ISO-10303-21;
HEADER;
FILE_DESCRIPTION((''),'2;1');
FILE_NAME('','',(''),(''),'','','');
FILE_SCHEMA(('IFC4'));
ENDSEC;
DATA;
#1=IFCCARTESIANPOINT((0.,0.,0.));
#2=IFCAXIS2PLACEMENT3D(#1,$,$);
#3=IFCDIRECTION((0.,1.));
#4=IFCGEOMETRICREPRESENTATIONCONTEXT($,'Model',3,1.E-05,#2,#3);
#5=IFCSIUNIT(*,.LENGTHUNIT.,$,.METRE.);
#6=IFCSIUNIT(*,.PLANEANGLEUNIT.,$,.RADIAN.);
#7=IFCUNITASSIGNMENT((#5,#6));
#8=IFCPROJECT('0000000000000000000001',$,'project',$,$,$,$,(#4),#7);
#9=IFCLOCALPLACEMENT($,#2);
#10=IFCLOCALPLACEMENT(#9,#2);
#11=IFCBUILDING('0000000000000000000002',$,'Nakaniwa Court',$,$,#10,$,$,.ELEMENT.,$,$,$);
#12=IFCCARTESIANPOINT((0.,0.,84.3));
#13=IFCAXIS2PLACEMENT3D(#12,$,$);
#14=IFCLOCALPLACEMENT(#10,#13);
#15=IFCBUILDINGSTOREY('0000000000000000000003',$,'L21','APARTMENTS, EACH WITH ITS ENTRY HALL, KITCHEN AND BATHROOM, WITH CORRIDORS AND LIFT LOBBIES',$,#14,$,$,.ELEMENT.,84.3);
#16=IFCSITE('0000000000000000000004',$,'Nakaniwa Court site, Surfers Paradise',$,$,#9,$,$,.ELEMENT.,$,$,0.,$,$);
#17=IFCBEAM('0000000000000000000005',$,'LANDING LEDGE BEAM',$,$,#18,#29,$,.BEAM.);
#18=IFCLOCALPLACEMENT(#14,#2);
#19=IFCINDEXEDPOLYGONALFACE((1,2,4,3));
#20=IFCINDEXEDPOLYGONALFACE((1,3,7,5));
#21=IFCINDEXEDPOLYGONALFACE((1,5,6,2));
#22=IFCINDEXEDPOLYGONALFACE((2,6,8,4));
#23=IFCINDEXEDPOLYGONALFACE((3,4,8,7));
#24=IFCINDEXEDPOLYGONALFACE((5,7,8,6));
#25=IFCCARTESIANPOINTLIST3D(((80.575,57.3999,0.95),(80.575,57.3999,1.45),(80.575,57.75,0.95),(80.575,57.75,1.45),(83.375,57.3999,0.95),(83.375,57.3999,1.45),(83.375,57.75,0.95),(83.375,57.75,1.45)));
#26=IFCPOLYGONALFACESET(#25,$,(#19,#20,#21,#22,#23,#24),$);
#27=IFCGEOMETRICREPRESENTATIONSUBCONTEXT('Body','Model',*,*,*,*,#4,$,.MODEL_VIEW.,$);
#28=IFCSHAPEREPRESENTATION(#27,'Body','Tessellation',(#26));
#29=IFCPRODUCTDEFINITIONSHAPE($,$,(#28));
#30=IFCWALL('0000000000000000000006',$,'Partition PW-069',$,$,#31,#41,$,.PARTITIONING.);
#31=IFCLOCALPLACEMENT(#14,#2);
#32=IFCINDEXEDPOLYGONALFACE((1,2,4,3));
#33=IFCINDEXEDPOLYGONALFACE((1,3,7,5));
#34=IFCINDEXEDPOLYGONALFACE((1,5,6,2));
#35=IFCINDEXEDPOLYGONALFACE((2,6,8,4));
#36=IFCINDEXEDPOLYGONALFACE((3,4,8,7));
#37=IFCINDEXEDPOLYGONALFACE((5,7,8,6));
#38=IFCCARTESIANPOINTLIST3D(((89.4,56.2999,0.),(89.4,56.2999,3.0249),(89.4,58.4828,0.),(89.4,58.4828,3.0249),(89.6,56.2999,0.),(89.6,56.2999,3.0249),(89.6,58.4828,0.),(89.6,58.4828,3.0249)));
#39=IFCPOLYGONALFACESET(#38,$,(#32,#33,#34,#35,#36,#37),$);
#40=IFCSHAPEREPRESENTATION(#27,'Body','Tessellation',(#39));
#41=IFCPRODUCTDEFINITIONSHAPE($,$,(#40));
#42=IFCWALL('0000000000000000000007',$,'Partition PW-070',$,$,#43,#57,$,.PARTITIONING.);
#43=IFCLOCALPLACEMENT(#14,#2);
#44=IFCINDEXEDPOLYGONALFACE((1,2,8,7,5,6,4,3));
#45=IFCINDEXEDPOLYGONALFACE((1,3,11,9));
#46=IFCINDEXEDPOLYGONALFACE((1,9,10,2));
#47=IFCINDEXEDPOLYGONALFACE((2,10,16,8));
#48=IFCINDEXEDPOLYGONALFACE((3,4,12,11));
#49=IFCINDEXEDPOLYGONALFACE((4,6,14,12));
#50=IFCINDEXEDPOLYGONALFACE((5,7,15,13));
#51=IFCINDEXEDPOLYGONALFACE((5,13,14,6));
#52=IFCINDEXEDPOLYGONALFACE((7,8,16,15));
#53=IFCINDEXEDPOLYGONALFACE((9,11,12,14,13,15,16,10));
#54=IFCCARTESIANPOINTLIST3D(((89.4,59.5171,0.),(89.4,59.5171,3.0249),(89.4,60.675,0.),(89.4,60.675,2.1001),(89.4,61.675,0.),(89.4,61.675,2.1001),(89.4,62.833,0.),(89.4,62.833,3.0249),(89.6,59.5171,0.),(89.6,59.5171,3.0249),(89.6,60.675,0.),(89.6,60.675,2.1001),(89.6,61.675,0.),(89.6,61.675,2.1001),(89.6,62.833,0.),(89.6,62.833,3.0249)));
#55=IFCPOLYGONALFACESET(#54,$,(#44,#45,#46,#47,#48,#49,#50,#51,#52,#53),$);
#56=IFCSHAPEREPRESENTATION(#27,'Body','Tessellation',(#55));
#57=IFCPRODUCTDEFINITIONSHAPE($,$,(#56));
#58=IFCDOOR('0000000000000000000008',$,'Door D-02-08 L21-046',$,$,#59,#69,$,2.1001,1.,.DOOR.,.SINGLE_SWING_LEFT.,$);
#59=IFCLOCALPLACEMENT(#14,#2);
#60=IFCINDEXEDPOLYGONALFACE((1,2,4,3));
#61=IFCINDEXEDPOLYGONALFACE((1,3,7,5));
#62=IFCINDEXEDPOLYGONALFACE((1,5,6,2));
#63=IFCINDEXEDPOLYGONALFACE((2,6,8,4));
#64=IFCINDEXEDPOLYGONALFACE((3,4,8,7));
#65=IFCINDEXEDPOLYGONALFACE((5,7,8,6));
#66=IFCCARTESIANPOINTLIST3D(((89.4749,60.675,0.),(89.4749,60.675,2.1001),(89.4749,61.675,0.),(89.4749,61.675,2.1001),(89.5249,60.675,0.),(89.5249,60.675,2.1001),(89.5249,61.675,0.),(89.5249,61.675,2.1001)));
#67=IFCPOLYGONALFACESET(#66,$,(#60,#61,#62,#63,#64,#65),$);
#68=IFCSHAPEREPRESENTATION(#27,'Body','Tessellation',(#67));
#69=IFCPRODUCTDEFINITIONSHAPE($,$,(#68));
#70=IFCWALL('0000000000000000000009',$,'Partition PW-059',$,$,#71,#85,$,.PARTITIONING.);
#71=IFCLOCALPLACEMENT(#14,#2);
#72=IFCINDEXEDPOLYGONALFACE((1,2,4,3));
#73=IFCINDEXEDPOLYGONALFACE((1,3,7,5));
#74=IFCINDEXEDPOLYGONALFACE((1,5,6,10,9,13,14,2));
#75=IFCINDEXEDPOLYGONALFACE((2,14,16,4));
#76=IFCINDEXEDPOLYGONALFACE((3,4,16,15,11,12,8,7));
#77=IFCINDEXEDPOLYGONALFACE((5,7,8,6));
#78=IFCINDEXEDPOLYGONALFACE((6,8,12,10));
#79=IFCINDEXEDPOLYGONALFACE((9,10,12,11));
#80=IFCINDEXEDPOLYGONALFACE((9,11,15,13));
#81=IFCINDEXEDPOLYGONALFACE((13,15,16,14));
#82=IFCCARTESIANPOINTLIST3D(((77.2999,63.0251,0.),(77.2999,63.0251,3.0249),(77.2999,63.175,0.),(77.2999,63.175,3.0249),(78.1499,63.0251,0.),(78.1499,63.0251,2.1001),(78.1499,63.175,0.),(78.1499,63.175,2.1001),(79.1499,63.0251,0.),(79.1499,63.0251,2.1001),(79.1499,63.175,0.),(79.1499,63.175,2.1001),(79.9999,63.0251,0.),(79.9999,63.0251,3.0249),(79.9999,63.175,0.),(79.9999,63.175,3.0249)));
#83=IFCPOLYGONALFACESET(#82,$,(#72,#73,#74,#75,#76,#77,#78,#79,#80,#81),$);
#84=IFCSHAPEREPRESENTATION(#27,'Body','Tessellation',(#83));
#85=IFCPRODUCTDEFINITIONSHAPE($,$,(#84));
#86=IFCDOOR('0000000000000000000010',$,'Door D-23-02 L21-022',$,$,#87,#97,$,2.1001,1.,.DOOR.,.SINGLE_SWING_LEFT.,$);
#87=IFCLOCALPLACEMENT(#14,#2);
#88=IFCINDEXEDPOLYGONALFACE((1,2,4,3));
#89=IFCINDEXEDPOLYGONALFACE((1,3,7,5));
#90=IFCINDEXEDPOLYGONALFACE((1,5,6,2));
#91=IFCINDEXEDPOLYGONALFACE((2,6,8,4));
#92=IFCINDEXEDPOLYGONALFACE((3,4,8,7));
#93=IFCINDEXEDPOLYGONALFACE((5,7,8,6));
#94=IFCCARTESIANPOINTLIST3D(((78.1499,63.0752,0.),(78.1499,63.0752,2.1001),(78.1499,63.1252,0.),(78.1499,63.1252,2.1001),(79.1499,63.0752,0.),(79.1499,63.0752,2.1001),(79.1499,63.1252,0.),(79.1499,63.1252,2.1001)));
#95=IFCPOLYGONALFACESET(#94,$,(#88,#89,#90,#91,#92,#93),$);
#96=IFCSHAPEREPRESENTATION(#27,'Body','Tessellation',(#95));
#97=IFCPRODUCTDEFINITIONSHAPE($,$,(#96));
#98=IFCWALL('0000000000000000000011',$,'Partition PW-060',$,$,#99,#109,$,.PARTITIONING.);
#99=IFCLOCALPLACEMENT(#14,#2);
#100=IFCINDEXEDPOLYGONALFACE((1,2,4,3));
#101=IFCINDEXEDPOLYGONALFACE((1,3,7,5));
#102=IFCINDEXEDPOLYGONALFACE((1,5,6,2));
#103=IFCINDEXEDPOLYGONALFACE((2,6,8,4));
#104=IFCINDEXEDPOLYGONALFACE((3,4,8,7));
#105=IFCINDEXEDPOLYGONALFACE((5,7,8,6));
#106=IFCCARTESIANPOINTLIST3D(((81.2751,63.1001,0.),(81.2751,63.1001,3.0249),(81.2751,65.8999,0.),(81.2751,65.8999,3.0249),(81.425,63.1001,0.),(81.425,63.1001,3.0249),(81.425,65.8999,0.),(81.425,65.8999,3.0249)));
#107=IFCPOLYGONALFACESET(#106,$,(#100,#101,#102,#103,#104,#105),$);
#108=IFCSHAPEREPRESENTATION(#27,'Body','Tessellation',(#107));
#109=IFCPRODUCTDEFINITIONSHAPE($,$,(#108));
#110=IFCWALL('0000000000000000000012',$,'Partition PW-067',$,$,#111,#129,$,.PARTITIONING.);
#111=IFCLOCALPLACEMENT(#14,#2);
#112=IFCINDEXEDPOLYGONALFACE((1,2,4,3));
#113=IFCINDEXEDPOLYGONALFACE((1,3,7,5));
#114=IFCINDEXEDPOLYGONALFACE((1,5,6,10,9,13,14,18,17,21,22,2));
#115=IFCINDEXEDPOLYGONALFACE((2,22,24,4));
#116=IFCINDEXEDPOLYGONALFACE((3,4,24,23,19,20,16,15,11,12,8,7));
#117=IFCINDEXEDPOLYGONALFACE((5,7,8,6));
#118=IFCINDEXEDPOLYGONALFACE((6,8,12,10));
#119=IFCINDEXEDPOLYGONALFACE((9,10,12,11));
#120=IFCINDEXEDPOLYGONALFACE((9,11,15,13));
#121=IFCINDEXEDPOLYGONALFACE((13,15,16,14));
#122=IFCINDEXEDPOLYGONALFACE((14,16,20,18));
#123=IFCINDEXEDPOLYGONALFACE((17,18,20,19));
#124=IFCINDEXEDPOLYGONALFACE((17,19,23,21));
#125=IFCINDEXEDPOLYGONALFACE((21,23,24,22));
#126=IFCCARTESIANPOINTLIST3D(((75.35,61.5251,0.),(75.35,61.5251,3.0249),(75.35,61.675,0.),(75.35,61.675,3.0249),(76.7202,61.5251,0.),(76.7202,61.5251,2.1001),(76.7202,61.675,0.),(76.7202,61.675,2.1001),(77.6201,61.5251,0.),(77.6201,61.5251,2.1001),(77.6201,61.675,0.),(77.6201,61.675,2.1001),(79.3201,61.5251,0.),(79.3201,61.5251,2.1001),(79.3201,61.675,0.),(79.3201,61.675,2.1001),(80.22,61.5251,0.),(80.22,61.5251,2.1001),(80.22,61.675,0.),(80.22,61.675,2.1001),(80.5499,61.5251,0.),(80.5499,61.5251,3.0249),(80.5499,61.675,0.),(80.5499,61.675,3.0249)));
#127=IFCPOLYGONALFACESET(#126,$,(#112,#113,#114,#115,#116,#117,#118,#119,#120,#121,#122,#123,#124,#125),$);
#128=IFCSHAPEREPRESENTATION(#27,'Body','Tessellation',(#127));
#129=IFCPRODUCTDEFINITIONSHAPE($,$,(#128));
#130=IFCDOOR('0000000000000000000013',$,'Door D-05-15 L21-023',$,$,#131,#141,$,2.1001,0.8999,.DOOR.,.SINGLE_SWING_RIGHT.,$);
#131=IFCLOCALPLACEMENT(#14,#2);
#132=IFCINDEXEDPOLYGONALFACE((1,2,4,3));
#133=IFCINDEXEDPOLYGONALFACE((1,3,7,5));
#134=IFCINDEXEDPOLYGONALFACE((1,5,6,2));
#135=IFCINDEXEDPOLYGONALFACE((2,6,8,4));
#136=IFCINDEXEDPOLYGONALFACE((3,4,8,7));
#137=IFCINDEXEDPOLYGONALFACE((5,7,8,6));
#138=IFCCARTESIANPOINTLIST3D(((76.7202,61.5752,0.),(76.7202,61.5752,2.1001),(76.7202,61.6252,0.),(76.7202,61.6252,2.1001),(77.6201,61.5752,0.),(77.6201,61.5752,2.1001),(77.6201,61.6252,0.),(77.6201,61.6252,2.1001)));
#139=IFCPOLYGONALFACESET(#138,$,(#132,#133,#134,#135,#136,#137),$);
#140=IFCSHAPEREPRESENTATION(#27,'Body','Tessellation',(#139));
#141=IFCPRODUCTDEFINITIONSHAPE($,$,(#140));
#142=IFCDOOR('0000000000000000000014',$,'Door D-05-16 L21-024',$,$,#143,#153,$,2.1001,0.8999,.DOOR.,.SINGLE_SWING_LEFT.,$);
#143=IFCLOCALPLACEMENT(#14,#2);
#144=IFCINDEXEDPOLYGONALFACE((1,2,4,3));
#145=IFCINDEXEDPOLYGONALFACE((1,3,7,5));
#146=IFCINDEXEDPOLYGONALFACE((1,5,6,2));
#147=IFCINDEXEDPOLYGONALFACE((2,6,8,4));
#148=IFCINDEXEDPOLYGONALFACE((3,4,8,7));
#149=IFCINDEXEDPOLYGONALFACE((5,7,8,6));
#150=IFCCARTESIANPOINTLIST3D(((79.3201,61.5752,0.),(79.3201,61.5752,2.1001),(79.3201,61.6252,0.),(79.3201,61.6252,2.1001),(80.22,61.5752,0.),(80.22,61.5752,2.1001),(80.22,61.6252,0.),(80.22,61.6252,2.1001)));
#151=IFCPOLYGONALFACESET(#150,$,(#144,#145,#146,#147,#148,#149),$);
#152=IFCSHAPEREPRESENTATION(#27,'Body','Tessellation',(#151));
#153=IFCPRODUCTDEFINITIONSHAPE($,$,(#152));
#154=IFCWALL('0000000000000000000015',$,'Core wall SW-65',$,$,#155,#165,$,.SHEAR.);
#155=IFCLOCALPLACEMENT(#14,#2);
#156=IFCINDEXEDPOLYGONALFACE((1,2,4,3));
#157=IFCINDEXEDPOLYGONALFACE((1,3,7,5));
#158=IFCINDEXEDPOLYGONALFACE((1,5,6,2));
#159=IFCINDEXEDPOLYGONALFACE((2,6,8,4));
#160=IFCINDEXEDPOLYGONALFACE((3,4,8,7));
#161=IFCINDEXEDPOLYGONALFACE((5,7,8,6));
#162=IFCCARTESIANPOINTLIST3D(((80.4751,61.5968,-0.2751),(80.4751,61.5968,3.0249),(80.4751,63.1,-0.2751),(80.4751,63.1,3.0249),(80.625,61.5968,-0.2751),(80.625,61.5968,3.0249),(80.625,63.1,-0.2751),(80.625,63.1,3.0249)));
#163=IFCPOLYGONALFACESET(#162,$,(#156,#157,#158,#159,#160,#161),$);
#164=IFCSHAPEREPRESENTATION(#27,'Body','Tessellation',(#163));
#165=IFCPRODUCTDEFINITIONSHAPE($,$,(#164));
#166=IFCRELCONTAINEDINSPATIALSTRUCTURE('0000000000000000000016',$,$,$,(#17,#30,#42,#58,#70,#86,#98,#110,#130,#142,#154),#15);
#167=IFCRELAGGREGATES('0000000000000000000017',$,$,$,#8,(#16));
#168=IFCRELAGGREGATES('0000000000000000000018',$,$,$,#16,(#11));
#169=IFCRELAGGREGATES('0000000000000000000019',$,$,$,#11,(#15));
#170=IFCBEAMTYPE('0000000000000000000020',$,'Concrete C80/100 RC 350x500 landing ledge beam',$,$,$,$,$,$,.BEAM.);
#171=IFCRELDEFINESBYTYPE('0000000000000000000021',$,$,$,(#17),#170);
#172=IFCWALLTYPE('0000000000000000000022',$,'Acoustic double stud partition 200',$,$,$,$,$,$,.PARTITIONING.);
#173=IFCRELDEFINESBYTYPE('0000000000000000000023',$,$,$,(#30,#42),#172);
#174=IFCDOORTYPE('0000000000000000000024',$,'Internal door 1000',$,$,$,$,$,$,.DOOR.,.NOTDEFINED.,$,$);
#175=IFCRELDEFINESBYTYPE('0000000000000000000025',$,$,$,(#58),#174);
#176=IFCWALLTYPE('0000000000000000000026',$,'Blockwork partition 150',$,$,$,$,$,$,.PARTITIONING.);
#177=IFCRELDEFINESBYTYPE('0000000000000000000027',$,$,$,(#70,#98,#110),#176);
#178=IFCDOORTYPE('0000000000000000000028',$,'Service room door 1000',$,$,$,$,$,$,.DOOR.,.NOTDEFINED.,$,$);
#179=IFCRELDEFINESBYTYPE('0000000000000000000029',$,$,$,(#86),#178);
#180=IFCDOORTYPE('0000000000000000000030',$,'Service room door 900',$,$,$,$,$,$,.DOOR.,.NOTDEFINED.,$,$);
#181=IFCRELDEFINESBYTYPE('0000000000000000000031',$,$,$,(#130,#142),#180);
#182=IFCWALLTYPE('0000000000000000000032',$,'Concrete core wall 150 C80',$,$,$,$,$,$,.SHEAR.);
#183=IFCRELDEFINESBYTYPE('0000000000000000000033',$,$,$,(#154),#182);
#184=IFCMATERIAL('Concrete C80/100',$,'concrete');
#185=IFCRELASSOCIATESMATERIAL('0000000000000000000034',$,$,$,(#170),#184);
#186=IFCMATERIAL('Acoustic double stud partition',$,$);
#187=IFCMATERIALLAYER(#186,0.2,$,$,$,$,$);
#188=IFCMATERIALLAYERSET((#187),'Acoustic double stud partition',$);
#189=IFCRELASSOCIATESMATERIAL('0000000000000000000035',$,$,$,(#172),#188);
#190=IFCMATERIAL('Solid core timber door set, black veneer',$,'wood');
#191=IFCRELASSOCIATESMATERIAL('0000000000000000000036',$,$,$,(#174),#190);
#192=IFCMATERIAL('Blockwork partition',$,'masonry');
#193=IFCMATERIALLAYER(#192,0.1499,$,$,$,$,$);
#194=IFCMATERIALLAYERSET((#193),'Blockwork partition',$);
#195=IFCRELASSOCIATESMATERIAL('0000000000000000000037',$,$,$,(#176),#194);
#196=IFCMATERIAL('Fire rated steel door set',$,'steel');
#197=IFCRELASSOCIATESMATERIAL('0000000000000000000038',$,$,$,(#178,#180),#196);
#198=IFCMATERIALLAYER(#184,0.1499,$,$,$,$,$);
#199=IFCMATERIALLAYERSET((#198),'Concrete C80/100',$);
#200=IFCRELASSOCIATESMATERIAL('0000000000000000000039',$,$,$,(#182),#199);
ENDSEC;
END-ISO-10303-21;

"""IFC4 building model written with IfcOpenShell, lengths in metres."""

from ifc_helpers import new_model, si_unit, direction, frame, frame_2d, origin, origin_2d, place, context, subcontext, project, spatial, rectangle, extrude, material, layer, layer_set, material_profile, profile_set, type_object, element, fill, save


model = new_model("IFC4")

# Units and contexts
model_context = context("Model", 3, precision=1e-05, world=origin(), true_north=direction((0.0, 1.0)))
body_context = subcontext(model_context, "Body", "Model", "MODEL_VIEW")
ifc_project = project(units=[si_unit("LENGTHUNIT", "METRE"), si_unit("PLANEANGLEUNIT", "RADIAN")], contexts=[model_context])

# Site, building, storey
site_placement = place(None, origin())
site = spatial("IfcSite", under=ifc_project, at=site_placement, Name="Nakaniwa Court site, Surfers Paradise", CompositionType="ELEMENT", RefElevation=0.0)
building_placement = place(site_placement, origin())
building = spatial("IfcBuilding", under=site, at=building_placement, Name="Nakaniwa Court", CompositionType="ELEMENT")
storey_placement = place(building_placement, frame((0.0, 0.0, 84.3)))
storey = spatial("IfcBuildingStorey", under=building, at=storey_placement, Name="L21", Description="APARTMENTS, EACH WITH ITS ENTRY HALL, KITCHEN AND BATHROOM, WITH CORRIDORS AND LIFT LOBBIES", CompositionType="ELEMENT", Elevation=84.3)

# Beam
ifc_material_1 = material(Name="Concrete C80/100", Category="concrete")
ifc_material_profile = material_profile(ifc_material_1, rectangle(XDim=0.3501, YDim=0.5, at=origin_2d()), Name="Concrete C80/100 RC 350x500 landing ledge beam")
ifc_profile_set = profile_set([ifc_material_profile], Name="Concrete C80/100")
beam_type = type_object("IfcBeamType", Name="Concrete C80/100 RC 350x500 landing ledge beam", PredefinedType="BEAM", material=ifc_profile_set)
beam_placement = place(storey_placement, frame((80.575, 57.575, 1.2), z_axis=(1.0, 0.0, 0.0), x_axis=(0.0, 1.0, 0.0)))
element("IfcBeam", 1, at=beam_placement, inside=storey, type_object=beam_type, Name="LANDING LEDGE BEAM", PredefinedType="BEAM", context=body_context, shape_type="SweptSolid", body=[
    extrude(rectangle(XDim=0.3501, YDim=0.5, at=origin_2d()), origin(), (0.0, 0.0, 1.0), 2.8),
])

# Wall
ifc_material_2 = material(Name="Acoustic double stud partition")
ifc_layer_1 = layer(ifc_material_2, 0.2)
ifc_layer_set_1 = layer_set([ifc_layer_1], Name="Acoustic double stud partition")
wall_type_1 = type_object("IfcWallType", Name="Acoustic double stud partition 200", PredefinedType="PARTITIONING", material=ifc_layer_set_1)
wall_1_placement = place(storey_placement, frame((89.5, 56.3, 0.0), z_axis=(0.0, 0.0, 1.0), x_axis=(0.0, 1.0, 0.0)))
element("IfcWall", 2, at=wall_1_placement, inside=storey, type_object=wall_type_1, Name="Partition PW-069", PredefinedType="PARTITIONING", context=body_context, shape_type="SweptSolid", body=[
    extrude(rectangle(XDim=2.1829, YDim=0.2, at=frame_2d((1.0913, 0.0))), origin(), (0.0, 0.0, 1.0), 3.0249),
])

# Walls, openings, doors
wall_2_placement = place(storey_placement, frame((89.5, 62.833, 0.0), z_axis=(0.0, 0.0, 1.0), x_axis=(0.0, -1.0, 0.0)))
wall_2 = element("IfcWall", 3, at=wall_2_placement, inside=storey, type_object=wall_type_1, Name="Partition PW-070", PredefinedType="PARTITIONING", context=body_context, shape_type="SweptSolid", body=[
    extrude(rectangle(XDim=3.3159, YDim=0.2, at=frame_2d((1.658, 0.0))), origin(), (0.0, 0.0, 1.0), 3.0249),
])
opening_1_placement = place(wall_2_placement, frame((1.158, 0.0, 0.0)))
opening_1 = element("IfcOpeningElement", 4, at=opening_1_placement, cuts=wall_2, PredefinedType="OPENING", context=body_context, shape_type="SweptSolid", body=[
    extrude(rectangle(XDim=1.0, YDim=2.1001, at=frame_2d((0.5, 1.05))), frame((0.0, 0.1099, 0.0), z_axis=(0.0, -1.0, 0.0), x_axis=(1.0, 0.0, 0.0)), (0.0, 0.0, 1.0), 0.22),
])
ifc_material_3 = material(Name="Solid core timber door set, black veneer", Category="wood")
door_type_1 = type_object("IfcDoorType", Name="Internal door 1000", OperationType="NOTDEFINED", PredefinedType="DOOR", material=ifc_material_3)
door_1_placement = place(opening_1_placement, origin())
door_1 = element("IfcDoor", 5, at=door_1_placement, inside=storey, type_object=door_type_1, Name="Door D-02-08 L21-046", OperationType="SINGLE_SWING_LEFT", OverallHeight=2.1001, OverallWidth=1.0, PredefinedType="DOOR", context=body_context, shape_type="SweptSolid", body=[
    extrude(rectangle(XDim=1.0, YDim=2.1001, at=frame_2d((0.5, 1.05))), frame((0.0, 0.0249, 0.0), z_axis=(0.0, -1.0, 0.0), x_axis=(1.0, 0.0, 0.0)), (0.0, 0.0, 1.0), 0.05),
])
fill(opening_1, door_1)
ifc_material_4 = material(Name="Blockwork partition", Category="masonry")
ifc_layer_2 = layer(ifc_material_4, 0.1499)
ifc_layer_set_2 = layer_set([ifc_layer_2], Name="Blockwork partition")
wall_type_2 = type_object("IfcWallType", Name="Blockwork partition 150", PredefinedType="PARTITIONING", material=ifc_layer_set_2)
wall_3_placement = place(storey_placement, frame((80.0, 63.1001, 0.0), z_axis=(0.0, 0.0, 1.0), x_axis=(-1.0, 0.0, 0.0)))
wall_3 = element("IfcWall", 6, at=wall_3_placement, inside=storey, type_object=wall_type_2, Name="Partition PW-059", PredefinedType="PARTITIONING", context=body_context, shape_type="SweptSolid", body=[
    extrude(rectangle(XDim=2.7, YDim=0.1499, at=frame_2d((1.3501, 0.0))), origin(), (0.0, 0.0, 1.0), 3.0249),
])
opening_2_placement = place(wall_3_placement, frame((0.8501, 0.0, 0.0)))
opening_2 = element("IfcOpeningElement", 7, at=opening_2_placement, cuts=wall_3, PredefinedType="OPENING", context=body_context, shape_type="SweptSolid", body=[
    extrude(rectangle(XDim=1.0, YDim=2.1001, at=frame_2d((0.5, 1.05))), frame((0.0, 0.085, 0.0), z_axis=(0.0, -1.0, 0.0), x_axis=(1.0, 0.0, 0.0)), (0.0, 0.0, 1.0), 0.1699),
])
ifc_material_5 = material(Name="Fire rated steel door set", Category="steel")
door_type_2 = type_object("IfcDoorType", Name="Service room door 1000", OperationType="NOTDEFINED", PredefinedType="DOOR", material=ifc_material_5)
door_2_placement = place(opening_2_placement, origin())
door_2 = element("IfcDoor", 8, at=door_2_placement, inside=storey, type_object=door_type_2, Name="Door D-23-02 L21-022", OperationType="SINGLE_SWING_LEFT", OverallHeight=2.1001, OverallWidth=1.0, PredefinedType="DOOR", context=body_context, shape_type="SweptSolid", body=[
    extrude(rectangle(XDim=1.0, YDim=2.1001, at=frame_2d((0.5, 1.05))), frame((0.0, 0.0249, 0.0), z_axis=(0.0, -1.0, 0.0), x_axis=(1.0, 0.0, 0.0)), (0.0, 0.0, 1.0), 0.05),
])
fill(opening_2, door_2)

# Wall
wall_4_placement = place(storey_placement, frame((81.3501, 63.1001, 0.0), z_axis=(0.0, 0.0, 1.0), x_axis=(0.0, 1.0, 0.0)))
element("IfcWall", 9, at=wall_4_placement, inside=storey, type_object=wall_type_2, Name="Partition PW-060", PredefinedType="PARTITIONING", context=body_context, shape_type="SweptSolid", body=[
    extrude(rectangle(XDim=2.7998, YDim=0.1499, at=frame_2d((1.3999, 0.0))), origin(), (0.0, 0.0, 1.0), 3.0249),
])

# Wall, openings, doors
wall_5_placement = place(storey_placement, frame((80.55, 61.6001, 0.0), z_axis=(0.0, 0.0, 1.0), x_axis=(-1.0, 0.0, 0.0)))
wall_5 = element("IfcWall", 10, at=wall_5_placement, inside=storey, type_object=wall_type_2, Name="Partition PW-067", PredefinedType="PARTITIONING", context=body_context, shape_type="SweptSolid", body=[
    extrude(rectangle(XDim=5.2, YDim=0.1499, at=frame_2d((2.6001, 0.0))), origin(), (0.0, 0.0, 1.0), 3.0249),
])
opening_3_placement = place(wall_5_placement, frame((2.9299, 0.0, 0.0)))
opening_3 = element("IfcOpeningElement", 11, at=opening_3_placement, cuts=wall_5, PredefinedType="OPENING", context=body_context, shape_type="SweptSolid", body=[
    extrude(rectangle(XDim=0.8999, YDim=2.1001, at=frame_2d((0.45, 1.05))), frame((0.0, 0.085, 0.0), z_axis=(0.0, -1.0, 0.0), x_axis=(1.0, 0.0, 0.0)), (0.0, 0.0, 1.0), 0.1699),
])
opening_4_placement = place(wall_5_placement, frame((0.3301, 0.0, 0.0)))
opening_4 = element("IfcOpeningElement", 12, at=opening_4_placement, cuts=wall_5, PredefinedType="OPENING", context=body_context, shape_type="SweptSolid", body=[
    extrude(rectangle(XDim=0.8999, YDim=2.1001, at=frame_2d((0.45, 1.05))), frame((0.0, 0.085, 0.0), z_axis=(0.0, -1.0, 0.0), x_axis=(1.0, 0.0, 0.0)), (0.0, 0.0, 1.0), 0.1699),
])
door_type_3 = type_object("IfcDoorType", Name="Service room door 900", OperationType="NOTDEFINED", PredefinedType="DOOR", material=ifc_material_5)
door_3_placement = place(opening_3_placement, origin())
door_3 = element("IfcDoor", 13, at=door_3_placement, inside=storey, type_object=door_type_3, Name="Door D-05-15 L21-023", OperationType="SINGLE_SWING_RIGHT", OverallHeight=2.1001, OverallWidth=0.8999, PredefinedType="DOOR", context=body_context, shape_type="SweptSolid", body=[
    extrude(rectangle(XDim=0.8999, YDim=2.1001, at=frame_2d((0.45, 1.05))), frame((0.0, 0.0249, 0.0), z_axis=(0.0, -1.0, 0.0), x_axis=(1.0, 0.0, 0.0)), (0.0, 0.0, 1.0), 0.05),
])
fill(opening_3, door_3)
door_4_placement = place(opening_4_placement, origin())
door_4 = element("IfcDoor", 14, at=door_4_placement, inside=storey, type_object=door_type_3, Name="Door D-05-16 L21-024", OperationType="SINGLE_SWING_LEFT", OverallHeight=2.1001, OverallWidth=0.8999, PredefinedType="DOOR", context=body_context, shape_type="SweptSolid", body=[
    extrude(rectangle(XDim=0.8999, YDim=2.1001, at=frame_2d((0.45, 1.05))), frame((0.0, 0.0249, 0.0), z_axis=(0.0, -1.0, 0.0), x_axis=(1.0, 0.0, 0.0)), (0.0, 0.0, 1.0), 0.05),
])
fill(opening_4, door_4)

# Wall
ifc_layer_3 = layer(ifc_material_1, 0.1499)
ifc_layer_set_3 = layer_set([ifc_layer_3], Name="Concrete C80/100")
wall_type_3 = type_object("IfcWallType", Name="Concrete core wall 150 C80", PredefinedType="SHEAR", material=ifc_layer_set_3)
wall_6_placement = place(storey_placement, frame((80.55, 61.5969, -0.2751), z_axis=(0.0, 0.0, 1.0), x_axis=(0.0, 1.0, 0.0)))
element("IfcWall", 15, at=wall_6_placement, inside=storey, type_object=wall_type_3, Name="Core wall SW-65", PredefinedType="SHEAR", context=body_context, shape_type="SweptSolid", body=[
    extrude(rectangle(XDim=1.5032, YDim=0.1499, at=frame_2d((0.7515, 0.0))), origin(), (0.0, 0.0, 1.0), 3.3),
])

save(model, "model.ifc")
